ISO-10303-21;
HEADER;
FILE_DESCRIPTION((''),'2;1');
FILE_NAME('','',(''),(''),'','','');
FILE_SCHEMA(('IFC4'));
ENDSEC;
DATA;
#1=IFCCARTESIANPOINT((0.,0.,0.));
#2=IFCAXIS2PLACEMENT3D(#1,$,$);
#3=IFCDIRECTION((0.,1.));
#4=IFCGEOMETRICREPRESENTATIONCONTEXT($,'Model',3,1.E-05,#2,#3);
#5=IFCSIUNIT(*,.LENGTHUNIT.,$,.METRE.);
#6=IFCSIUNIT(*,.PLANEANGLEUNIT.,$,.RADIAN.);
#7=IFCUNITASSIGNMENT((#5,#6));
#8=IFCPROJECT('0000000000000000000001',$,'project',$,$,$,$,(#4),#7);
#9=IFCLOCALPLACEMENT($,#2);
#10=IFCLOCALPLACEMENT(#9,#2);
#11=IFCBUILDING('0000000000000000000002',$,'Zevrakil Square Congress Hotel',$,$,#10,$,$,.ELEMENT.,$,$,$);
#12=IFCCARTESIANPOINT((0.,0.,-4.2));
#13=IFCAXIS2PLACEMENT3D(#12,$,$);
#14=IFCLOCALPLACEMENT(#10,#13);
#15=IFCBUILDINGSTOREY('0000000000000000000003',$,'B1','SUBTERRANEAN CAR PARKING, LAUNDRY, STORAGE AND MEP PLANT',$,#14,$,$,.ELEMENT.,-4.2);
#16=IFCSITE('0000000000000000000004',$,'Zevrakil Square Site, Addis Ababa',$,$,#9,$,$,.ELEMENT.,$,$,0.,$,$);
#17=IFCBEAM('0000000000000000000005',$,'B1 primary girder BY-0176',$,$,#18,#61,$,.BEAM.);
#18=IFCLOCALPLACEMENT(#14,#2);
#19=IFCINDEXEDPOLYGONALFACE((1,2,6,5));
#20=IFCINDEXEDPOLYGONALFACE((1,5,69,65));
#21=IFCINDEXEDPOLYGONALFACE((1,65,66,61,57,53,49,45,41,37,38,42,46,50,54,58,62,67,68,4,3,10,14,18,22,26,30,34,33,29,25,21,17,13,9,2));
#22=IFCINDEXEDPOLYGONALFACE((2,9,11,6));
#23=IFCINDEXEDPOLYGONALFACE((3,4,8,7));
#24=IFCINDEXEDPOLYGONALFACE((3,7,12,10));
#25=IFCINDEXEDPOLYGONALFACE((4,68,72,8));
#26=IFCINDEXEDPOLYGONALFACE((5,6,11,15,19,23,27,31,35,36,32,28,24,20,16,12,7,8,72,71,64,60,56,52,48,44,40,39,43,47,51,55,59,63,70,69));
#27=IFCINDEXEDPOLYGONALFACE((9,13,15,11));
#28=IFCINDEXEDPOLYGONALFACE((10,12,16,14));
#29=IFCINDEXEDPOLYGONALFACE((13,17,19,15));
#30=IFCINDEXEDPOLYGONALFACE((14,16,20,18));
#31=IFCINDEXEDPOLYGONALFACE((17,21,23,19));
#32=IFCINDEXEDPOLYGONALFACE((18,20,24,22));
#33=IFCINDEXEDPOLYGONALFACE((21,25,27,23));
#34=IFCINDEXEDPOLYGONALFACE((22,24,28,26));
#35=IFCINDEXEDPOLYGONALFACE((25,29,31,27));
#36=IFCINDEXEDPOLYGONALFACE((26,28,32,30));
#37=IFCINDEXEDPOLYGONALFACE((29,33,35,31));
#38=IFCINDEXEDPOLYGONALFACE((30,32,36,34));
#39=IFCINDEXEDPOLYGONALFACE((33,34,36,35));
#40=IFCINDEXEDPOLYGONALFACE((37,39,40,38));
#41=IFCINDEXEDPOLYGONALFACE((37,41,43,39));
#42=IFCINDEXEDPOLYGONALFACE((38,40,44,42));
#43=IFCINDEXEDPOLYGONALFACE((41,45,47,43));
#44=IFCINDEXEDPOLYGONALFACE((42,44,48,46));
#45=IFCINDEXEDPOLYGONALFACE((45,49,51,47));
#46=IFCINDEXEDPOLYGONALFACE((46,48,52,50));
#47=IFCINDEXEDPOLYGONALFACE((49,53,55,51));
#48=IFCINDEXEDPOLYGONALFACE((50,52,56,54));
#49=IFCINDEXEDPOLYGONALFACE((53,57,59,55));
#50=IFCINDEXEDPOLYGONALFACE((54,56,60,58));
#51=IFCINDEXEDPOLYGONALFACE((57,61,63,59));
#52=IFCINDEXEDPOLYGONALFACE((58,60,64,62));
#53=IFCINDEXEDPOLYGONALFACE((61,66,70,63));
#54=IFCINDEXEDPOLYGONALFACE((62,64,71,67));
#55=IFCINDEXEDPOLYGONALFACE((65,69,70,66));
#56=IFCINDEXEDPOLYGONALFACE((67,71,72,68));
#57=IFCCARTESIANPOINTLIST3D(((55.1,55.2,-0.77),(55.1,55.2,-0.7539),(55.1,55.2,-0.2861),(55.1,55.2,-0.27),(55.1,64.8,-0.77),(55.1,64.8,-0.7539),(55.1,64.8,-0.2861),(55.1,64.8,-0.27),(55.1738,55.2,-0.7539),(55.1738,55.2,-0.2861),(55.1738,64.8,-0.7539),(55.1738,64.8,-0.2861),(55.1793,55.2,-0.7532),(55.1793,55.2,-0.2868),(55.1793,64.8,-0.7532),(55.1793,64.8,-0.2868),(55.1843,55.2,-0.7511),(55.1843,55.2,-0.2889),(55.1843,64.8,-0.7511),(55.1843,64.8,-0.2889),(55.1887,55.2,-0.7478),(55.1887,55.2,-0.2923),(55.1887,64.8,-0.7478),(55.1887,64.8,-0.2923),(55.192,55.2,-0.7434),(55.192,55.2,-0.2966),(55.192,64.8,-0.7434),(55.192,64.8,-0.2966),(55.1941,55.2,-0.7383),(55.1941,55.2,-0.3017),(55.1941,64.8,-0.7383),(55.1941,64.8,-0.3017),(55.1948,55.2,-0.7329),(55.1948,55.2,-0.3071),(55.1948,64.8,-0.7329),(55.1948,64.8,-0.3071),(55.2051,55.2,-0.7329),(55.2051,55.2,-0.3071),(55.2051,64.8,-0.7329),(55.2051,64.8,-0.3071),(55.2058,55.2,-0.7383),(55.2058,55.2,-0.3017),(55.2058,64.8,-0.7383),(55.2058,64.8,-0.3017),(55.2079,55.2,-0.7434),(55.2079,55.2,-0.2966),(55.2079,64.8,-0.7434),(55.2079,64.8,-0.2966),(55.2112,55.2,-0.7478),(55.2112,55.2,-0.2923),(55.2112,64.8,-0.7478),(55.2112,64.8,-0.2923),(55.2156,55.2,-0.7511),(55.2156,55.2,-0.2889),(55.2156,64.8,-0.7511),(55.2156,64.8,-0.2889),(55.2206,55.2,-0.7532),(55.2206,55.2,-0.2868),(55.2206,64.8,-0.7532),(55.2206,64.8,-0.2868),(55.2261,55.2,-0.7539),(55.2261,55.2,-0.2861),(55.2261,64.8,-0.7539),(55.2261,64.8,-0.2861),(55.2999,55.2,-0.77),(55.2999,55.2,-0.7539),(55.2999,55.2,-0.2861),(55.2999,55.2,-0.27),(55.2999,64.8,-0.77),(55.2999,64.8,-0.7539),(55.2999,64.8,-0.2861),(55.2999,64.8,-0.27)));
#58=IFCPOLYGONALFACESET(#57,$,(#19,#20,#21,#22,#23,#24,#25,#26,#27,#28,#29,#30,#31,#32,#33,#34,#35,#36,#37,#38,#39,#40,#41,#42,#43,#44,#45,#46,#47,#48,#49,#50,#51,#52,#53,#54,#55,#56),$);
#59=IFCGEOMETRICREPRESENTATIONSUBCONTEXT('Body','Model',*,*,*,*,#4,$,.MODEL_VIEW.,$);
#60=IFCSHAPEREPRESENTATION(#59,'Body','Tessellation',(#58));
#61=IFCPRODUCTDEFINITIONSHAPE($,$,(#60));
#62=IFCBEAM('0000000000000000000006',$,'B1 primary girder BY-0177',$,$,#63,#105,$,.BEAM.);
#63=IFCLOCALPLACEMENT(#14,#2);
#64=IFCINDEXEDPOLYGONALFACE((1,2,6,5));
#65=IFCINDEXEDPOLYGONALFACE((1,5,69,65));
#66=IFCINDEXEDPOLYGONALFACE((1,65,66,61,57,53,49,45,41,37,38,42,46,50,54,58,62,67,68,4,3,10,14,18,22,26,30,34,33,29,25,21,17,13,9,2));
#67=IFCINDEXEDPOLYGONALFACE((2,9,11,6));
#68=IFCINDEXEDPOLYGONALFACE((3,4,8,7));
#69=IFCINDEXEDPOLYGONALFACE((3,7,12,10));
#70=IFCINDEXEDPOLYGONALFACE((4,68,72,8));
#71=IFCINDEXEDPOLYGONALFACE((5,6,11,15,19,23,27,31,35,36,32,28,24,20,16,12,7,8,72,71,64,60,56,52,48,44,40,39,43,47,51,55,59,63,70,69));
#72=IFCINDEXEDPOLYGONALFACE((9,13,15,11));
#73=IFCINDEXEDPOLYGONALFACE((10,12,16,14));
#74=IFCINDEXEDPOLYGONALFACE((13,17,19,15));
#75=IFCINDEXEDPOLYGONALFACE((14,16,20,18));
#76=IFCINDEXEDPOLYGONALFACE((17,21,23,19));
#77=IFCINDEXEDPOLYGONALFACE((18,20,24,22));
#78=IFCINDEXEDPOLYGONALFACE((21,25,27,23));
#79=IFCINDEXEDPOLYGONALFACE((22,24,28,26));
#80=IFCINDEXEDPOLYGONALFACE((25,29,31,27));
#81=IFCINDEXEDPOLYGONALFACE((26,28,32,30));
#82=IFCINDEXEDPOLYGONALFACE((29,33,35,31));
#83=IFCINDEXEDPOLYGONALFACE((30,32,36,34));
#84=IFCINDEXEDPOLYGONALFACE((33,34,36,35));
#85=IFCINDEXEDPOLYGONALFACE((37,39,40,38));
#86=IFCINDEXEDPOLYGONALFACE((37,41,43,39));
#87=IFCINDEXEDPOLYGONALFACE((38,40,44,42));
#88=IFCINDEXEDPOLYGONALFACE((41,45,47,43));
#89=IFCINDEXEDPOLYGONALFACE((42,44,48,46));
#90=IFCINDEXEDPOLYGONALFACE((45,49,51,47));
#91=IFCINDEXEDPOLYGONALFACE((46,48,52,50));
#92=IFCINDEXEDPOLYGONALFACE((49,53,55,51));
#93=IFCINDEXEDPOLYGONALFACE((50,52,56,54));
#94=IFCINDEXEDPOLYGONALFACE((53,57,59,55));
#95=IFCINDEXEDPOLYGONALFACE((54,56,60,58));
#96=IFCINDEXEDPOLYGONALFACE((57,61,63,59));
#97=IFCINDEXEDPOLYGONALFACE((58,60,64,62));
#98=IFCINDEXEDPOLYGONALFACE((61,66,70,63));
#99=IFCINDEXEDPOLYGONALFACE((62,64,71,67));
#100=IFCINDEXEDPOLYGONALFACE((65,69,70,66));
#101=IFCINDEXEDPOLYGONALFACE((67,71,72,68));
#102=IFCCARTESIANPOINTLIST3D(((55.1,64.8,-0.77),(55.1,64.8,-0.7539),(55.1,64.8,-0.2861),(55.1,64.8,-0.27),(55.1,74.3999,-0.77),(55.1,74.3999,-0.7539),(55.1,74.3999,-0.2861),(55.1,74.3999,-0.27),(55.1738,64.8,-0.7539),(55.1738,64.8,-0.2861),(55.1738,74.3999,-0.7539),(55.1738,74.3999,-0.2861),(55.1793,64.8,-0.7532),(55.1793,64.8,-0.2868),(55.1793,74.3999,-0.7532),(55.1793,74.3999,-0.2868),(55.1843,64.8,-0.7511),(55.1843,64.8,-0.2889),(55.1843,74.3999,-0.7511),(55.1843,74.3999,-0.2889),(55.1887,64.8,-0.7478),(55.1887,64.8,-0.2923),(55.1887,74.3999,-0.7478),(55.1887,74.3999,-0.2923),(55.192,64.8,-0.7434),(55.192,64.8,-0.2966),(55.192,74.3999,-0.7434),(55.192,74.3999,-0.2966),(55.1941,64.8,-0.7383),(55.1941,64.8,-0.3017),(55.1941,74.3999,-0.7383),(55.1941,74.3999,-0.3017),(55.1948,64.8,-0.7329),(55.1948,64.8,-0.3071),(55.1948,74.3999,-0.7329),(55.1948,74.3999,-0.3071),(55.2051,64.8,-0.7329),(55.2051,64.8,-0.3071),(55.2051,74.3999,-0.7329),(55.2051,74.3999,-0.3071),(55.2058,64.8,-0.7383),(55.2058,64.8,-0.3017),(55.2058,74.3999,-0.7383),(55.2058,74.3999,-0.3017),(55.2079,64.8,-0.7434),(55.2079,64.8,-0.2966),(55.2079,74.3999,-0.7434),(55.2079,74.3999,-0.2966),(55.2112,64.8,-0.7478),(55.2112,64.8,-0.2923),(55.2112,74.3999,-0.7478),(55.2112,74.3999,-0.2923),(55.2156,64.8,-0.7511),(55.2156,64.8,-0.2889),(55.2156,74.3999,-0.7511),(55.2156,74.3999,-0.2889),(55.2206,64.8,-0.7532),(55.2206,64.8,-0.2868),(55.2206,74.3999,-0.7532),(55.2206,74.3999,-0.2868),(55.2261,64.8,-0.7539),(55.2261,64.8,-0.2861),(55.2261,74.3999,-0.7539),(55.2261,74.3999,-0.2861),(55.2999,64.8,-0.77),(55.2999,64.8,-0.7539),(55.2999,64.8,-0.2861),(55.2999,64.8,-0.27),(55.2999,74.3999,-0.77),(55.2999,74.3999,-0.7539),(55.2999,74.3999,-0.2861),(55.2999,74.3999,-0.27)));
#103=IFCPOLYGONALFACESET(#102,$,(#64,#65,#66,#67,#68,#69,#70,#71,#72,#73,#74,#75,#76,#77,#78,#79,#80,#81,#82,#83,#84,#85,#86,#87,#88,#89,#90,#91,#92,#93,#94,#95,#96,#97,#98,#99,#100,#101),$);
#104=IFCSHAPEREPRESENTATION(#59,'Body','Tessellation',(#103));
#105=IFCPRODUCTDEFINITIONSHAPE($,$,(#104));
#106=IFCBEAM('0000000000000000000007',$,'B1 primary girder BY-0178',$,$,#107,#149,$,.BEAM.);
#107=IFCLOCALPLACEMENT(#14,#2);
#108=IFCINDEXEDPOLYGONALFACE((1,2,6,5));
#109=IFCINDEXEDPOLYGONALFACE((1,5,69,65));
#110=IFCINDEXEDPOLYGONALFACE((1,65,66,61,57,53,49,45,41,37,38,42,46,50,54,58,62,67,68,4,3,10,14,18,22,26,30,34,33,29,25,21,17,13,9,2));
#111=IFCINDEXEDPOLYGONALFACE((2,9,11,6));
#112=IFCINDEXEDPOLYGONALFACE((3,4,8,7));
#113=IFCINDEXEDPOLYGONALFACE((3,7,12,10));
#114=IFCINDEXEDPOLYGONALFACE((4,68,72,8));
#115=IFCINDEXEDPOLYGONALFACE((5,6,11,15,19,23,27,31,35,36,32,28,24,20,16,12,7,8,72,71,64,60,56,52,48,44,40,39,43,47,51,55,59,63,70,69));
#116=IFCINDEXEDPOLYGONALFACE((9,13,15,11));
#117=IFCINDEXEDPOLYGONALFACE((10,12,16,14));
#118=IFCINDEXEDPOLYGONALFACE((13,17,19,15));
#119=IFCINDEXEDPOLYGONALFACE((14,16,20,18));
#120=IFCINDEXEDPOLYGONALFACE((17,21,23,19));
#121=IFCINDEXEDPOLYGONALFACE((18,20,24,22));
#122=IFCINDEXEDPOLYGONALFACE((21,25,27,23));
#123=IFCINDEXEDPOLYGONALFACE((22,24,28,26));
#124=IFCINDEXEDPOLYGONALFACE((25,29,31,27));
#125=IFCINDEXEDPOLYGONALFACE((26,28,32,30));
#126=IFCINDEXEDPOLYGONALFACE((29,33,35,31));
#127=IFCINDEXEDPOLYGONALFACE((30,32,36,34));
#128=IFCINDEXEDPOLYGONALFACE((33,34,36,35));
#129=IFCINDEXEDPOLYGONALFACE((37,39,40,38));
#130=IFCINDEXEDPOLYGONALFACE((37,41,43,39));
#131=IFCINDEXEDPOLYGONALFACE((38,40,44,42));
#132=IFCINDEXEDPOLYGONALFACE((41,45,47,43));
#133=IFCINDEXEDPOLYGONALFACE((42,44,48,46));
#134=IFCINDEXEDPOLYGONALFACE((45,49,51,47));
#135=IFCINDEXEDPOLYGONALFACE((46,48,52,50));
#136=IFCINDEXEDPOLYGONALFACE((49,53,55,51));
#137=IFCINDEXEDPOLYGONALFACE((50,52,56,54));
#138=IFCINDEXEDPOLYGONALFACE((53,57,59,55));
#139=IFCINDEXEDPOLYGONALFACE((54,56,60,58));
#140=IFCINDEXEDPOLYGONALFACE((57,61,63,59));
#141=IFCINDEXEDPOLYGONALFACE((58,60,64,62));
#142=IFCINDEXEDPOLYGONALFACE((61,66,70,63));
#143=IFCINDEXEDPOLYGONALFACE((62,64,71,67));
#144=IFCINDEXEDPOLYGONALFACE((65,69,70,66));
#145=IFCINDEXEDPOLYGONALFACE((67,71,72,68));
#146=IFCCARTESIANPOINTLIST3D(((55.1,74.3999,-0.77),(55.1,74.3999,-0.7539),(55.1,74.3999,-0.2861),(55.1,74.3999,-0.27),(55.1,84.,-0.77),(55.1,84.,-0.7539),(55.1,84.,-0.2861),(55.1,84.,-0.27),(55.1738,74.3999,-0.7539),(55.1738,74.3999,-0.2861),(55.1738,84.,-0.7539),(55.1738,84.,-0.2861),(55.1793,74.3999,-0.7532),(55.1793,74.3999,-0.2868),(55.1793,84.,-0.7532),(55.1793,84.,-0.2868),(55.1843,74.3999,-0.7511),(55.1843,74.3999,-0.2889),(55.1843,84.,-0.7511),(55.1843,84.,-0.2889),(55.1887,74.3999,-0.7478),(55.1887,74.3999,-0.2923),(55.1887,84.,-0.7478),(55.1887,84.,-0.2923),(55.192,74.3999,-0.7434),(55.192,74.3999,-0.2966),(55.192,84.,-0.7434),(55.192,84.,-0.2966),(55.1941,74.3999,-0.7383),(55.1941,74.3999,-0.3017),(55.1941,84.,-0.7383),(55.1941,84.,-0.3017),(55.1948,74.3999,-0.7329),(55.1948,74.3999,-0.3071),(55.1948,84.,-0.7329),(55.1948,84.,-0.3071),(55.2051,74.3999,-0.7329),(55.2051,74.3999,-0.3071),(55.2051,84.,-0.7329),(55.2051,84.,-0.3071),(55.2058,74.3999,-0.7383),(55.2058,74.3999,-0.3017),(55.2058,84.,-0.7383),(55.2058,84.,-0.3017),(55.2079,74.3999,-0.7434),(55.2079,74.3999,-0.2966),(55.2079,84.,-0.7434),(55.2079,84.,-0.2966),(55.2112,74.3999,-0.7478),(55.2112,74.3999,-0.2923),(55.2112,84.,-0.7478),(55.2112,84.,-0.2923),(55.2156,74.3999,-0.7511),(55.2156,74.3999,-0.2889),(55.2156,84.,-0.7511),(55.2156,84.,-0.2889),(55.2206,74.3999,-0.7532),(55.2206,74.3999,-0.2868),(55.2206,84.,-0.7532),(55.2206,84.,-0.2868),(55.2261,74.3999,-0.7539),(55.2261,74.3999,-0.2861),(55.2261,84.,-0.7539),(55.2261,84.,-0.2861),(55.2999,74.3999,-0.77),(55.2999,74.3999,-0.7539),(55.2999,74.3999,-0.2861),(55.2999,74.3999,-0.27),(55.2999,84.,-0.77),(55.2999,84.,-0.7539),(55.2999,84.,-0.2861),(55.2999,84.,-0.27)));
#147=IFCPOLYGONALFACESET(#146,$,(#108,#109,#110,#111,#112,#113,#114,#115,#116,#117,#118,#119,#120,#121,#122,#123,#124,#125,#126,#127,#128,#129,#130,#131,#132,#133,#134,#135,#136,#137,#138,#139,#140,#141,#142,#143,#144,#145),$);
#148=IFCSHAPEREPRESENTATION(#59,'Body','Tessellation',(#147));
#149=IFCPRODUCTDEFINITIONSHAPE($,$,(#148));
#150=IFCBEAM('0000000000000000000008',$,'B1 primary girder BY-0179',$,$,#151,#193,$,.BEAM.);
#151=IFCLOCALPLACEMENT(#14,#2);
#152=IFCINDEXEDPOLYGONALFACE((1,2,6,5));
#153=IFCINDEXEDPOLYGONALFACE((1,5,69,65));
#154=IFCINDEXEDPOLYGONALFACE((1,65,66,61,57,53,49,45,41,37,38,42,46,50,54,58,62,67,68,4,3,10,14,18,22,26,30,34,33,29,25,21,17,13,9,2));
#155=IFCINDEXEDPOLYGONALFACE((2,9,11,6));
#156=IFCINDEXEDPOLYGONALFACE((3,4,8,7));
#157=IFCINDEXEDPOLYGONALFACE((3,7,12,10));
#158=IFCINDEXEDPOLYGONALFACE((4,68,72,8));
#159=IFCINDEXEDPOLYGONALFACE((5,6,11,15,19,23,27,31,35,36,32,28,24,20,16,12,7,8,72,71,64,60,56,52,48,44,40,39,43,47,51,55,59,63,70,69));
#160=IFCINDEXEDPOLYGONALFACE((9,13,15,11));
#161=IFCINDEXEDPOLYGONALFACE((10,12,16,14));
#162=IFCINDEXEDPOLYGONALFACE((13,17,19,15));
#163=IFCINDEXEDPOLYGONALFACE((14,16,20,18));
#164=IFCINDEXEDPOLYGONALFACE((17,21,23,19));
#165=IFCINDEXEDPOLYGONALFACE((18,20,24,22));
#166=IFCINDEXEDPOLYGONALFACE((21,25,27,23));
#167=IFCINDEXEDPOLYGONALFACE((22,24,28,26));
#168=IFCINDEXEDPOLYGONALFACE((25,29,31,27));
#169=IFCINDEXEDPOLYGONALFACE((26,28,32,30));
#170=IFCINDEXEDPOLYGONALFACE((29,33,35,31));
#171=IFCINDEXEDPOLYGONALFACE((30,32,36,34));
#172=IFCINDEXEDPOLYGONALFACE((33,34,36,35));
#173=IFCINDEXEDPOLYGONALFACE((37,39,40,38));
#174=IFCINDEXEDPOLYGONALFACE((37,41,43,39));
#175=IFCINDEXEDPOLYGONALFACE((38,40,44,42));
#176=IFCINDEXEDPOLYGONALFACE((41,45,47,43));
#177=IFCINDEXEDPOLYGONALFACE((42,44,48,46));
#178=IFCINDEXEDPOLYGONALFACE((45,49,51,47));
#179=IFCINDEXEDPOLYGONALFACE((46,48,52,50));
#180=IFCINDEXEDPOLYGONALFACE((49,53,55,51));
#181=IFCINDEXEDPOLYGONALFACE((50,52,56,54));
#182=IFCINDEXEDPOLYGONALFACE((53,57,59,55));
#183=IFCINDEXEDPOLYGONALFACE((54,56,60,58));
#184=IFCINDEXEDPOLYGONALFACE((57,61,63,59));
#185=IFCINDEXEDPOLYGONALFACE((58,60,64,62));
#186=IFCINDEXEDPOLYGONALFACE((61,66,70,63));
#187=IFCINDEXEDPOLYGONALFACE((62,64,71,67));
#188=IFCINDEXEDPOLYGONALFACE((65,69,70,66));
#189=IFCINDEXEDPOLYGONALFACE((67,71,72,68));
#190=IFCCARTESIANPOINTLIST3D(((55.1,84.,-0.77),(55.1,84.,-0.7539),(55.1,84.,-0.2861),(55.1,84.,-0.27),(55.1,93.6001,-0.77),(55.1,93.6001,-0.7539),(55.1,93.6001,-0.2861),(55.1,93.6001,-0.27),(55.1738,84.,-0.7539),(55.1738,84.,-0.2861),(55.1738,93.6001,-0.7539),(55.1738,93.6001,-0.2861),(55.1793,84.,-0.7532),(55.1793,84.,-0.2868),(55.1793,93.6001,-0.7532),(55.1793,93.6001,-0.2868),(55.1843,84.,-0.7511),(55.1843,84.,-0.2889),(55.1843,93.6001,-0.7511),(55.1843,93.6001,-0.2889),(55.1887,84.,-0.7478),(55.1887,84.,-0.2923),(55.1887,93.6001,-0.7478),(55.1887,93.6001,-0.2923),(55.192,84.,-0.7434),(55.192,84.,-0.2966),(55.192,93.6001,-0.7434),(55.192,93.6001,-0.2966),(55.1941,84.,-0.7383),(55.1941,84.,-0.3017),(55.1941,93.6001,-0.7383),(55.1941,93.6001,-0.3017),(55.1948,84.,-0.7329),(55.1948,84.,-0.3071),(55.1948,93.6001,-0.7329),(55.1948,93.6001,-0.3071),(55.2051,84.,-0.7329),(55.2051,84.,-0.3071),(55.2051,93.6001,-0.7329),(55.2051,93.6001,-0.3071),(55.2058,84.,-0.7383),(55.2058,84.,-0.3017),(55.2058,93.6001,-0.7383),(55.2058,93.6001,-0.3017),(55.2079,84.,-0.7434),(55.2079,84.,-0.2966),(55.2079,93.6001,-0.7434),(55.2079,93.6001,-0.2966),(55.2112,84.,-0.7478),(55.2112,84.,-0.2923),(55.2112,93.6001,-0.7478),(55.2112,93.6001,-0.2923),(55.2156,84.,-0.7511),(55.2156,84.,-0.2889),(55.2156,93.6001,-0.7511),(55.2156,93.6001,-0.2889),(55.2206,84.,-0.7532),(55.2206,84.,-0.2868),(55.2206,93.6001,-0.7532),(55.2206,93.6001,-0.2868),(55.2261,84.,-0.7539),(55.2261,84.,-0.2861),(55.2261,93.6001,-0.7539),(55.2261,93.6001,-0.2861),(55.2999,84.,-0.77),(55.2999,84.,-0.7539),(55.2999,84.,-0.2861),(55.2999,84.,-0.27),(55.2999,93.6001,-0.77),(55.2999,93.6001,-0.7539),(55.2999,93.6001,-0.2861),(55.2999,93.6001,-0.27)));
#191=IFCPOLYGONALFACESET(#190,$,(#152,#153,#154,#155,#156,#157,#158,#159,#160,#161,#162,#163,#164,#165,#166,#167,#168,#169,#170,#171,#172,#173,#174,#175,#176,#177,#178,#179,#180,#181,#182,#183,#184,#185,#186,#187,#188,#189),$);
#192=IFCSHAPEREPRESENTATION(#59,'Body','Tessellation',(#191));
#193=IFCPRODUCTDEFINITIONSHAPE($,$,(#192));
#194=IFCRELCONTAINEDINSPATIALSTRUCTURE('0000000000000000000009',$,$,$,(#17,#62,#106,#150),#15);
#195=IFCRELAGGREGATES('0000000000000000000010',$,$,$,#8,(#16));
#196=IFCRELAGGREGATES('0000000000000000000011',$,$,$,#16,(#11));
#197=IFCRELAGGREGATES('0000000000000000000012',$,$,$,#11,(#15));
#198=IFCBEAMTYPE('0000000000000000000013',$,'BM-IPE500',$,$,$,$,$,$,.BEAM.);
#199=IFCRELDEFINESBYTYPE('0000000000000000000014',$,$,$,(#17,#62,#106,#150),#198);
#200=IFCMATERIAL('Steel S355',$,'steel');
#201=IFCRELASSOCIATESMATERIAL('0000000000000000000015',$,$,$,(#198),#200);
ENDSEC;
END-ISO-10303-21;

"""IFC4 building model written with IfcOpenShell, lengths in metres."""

from ifc_helpers import new_model, si_unit, direction, frame, origin, origin_2d, place, context, subcontext, project, spatial, i_section, extrude, material, material_profile, profile_set, type_object, element, save


model = new_model("IFC4")

# Units and contexts
model_context = context("Model", 3, precision=1e-05, world=origin(), true_north=direction((0.0, 1.0)))
body_context = subcontext(model_context, "Body", "Model", "MODEL_VIEW")
ifc_project = project(units=[si_unit("LENGTHUNIT", "METRE"), si_unit("PLANEANGLEUNIT", "RADIAN")], contexts=[model_context])

# Site, building, storey
site_placement = place(None, origin())
site = spatial("IfcSite", under=ifc_project, at=site_placement, Name="Zevrakil Square Site, Addis Ababa", CompositionType="ELEMENT", RefElevation=0.0)
building_placement = place(site_placement, origin())
building = spatial("IfcBuilding", under=site, at=building_placement, Name="Zevrakil Square Congress Hotel", CompositionType="ELEMENT")
storey_placement = place(building_placement, frame((0.0, 0.0, -4.2)))
storey = spatial("IfcBuildingStorey", under=building, at=storey_placement, Name="B1", Description="SUBTERRANEAN CAR PARKING, LAUNDRY, STORAGE AND MEP PLANT", CompositionType="ELEMENT", Elevation=-4.2)

# Beams
ifc_material_1 = material(Name="Steel S355", Category="steel")
ifc_material_profile_1 = material_profile(ifc_material_1, i_section(OverallWidth=0.2, OverallDepth=0.5, WebThickness=0.0103, FlangeThickness=0.0161, FilletRadius=0.021, at=origin_2d()), Name="IPE 500")
ifc_profile_set_1 = profile_set([ifc_material_profile_1], Name="Steel S355")
beam_type_1 = type_object("IfcBeamType", Name="BM-IPE500", PredefinedType="BEAM", material=ifc_profile_set_1)
beam_1_placement = place(storey_placement, frame((55.2, 55.2, -0.52), z_axis=(0.0, 1.0, 0.0), x_axis=(-1.0, 0.0, 0.0)))
element("IfcBeam", 1, at=beam_1_placement, inside=storey, type_object=beam_type_1, Name="B1 primary girder BY-0176", PredefinedType="BEAM", context=body_context, shape_type="SweptSolid", body=[
    extrude(i_section(OverallWidth=0.2, OverallDepth=0.5, WebThickness=0.0103, FlangeThickness=0.0161, FilletRadius=0.021, at=origin_2d()), origin(), (0.0, 0.0, 1.0), 9.6001),
])
beam_2_placement = place(storey_placement, frame((55.2, 64.8, -0.52), z_axis=(0.0, 1.0, 0.0), x_axis=(-1.0, 0.0, 0.0)))
element("IfcBeam", 2, at=beam_2_placement, inside=storey, type_object=beam_type_1, Name="B1 primary girder BY-0177", PredefinedType="BEAM", context=body_context, shape_type="SweptSolid", body=[
    extrude(i_section(OverallWidth=0.2, OverallDepth=0.5, WebThickness=0.0103, FlangeThickness=0.0161, FilletRadius=0.021, at=origin_2d()), origin(), (0.0, 0.0, 1.0), 9.5999),
])
for number, where, z_axis, x_axis, name in (
    (3, (55.2, 74.3999, -0.52), (0.0, 1.0, 0.0), (-1.0, 0.0, 0.0), "B1 primary girder BY-0178"),
    (4, (55.2, 84.0, -0.52), (0.0, 1.0, 0.0), (-1.0, 0.0, 0.0), "B1 primary girder BY-0179"),
):
    element("IfcBeam", number, at=place(storey_placement, frame(where, z_axis=z_axis, x_axis=x_axis)), inside=storey, type_object=beam_type_1, Name=name, PredefinedType="BEAM", context=body_context, shape_type="SweptSolid", body=[
        extrude(i_section(OverallWidth=0.2, OverallDepth=0.5, WebThickness=0.0103, FlangeThickness=0.0161, FilletRadius=0.021, at=origin_2d()), origin(), (0.0, 0.0, 1.0), 9.6001),
    ])

save(model, "model.ifc")
